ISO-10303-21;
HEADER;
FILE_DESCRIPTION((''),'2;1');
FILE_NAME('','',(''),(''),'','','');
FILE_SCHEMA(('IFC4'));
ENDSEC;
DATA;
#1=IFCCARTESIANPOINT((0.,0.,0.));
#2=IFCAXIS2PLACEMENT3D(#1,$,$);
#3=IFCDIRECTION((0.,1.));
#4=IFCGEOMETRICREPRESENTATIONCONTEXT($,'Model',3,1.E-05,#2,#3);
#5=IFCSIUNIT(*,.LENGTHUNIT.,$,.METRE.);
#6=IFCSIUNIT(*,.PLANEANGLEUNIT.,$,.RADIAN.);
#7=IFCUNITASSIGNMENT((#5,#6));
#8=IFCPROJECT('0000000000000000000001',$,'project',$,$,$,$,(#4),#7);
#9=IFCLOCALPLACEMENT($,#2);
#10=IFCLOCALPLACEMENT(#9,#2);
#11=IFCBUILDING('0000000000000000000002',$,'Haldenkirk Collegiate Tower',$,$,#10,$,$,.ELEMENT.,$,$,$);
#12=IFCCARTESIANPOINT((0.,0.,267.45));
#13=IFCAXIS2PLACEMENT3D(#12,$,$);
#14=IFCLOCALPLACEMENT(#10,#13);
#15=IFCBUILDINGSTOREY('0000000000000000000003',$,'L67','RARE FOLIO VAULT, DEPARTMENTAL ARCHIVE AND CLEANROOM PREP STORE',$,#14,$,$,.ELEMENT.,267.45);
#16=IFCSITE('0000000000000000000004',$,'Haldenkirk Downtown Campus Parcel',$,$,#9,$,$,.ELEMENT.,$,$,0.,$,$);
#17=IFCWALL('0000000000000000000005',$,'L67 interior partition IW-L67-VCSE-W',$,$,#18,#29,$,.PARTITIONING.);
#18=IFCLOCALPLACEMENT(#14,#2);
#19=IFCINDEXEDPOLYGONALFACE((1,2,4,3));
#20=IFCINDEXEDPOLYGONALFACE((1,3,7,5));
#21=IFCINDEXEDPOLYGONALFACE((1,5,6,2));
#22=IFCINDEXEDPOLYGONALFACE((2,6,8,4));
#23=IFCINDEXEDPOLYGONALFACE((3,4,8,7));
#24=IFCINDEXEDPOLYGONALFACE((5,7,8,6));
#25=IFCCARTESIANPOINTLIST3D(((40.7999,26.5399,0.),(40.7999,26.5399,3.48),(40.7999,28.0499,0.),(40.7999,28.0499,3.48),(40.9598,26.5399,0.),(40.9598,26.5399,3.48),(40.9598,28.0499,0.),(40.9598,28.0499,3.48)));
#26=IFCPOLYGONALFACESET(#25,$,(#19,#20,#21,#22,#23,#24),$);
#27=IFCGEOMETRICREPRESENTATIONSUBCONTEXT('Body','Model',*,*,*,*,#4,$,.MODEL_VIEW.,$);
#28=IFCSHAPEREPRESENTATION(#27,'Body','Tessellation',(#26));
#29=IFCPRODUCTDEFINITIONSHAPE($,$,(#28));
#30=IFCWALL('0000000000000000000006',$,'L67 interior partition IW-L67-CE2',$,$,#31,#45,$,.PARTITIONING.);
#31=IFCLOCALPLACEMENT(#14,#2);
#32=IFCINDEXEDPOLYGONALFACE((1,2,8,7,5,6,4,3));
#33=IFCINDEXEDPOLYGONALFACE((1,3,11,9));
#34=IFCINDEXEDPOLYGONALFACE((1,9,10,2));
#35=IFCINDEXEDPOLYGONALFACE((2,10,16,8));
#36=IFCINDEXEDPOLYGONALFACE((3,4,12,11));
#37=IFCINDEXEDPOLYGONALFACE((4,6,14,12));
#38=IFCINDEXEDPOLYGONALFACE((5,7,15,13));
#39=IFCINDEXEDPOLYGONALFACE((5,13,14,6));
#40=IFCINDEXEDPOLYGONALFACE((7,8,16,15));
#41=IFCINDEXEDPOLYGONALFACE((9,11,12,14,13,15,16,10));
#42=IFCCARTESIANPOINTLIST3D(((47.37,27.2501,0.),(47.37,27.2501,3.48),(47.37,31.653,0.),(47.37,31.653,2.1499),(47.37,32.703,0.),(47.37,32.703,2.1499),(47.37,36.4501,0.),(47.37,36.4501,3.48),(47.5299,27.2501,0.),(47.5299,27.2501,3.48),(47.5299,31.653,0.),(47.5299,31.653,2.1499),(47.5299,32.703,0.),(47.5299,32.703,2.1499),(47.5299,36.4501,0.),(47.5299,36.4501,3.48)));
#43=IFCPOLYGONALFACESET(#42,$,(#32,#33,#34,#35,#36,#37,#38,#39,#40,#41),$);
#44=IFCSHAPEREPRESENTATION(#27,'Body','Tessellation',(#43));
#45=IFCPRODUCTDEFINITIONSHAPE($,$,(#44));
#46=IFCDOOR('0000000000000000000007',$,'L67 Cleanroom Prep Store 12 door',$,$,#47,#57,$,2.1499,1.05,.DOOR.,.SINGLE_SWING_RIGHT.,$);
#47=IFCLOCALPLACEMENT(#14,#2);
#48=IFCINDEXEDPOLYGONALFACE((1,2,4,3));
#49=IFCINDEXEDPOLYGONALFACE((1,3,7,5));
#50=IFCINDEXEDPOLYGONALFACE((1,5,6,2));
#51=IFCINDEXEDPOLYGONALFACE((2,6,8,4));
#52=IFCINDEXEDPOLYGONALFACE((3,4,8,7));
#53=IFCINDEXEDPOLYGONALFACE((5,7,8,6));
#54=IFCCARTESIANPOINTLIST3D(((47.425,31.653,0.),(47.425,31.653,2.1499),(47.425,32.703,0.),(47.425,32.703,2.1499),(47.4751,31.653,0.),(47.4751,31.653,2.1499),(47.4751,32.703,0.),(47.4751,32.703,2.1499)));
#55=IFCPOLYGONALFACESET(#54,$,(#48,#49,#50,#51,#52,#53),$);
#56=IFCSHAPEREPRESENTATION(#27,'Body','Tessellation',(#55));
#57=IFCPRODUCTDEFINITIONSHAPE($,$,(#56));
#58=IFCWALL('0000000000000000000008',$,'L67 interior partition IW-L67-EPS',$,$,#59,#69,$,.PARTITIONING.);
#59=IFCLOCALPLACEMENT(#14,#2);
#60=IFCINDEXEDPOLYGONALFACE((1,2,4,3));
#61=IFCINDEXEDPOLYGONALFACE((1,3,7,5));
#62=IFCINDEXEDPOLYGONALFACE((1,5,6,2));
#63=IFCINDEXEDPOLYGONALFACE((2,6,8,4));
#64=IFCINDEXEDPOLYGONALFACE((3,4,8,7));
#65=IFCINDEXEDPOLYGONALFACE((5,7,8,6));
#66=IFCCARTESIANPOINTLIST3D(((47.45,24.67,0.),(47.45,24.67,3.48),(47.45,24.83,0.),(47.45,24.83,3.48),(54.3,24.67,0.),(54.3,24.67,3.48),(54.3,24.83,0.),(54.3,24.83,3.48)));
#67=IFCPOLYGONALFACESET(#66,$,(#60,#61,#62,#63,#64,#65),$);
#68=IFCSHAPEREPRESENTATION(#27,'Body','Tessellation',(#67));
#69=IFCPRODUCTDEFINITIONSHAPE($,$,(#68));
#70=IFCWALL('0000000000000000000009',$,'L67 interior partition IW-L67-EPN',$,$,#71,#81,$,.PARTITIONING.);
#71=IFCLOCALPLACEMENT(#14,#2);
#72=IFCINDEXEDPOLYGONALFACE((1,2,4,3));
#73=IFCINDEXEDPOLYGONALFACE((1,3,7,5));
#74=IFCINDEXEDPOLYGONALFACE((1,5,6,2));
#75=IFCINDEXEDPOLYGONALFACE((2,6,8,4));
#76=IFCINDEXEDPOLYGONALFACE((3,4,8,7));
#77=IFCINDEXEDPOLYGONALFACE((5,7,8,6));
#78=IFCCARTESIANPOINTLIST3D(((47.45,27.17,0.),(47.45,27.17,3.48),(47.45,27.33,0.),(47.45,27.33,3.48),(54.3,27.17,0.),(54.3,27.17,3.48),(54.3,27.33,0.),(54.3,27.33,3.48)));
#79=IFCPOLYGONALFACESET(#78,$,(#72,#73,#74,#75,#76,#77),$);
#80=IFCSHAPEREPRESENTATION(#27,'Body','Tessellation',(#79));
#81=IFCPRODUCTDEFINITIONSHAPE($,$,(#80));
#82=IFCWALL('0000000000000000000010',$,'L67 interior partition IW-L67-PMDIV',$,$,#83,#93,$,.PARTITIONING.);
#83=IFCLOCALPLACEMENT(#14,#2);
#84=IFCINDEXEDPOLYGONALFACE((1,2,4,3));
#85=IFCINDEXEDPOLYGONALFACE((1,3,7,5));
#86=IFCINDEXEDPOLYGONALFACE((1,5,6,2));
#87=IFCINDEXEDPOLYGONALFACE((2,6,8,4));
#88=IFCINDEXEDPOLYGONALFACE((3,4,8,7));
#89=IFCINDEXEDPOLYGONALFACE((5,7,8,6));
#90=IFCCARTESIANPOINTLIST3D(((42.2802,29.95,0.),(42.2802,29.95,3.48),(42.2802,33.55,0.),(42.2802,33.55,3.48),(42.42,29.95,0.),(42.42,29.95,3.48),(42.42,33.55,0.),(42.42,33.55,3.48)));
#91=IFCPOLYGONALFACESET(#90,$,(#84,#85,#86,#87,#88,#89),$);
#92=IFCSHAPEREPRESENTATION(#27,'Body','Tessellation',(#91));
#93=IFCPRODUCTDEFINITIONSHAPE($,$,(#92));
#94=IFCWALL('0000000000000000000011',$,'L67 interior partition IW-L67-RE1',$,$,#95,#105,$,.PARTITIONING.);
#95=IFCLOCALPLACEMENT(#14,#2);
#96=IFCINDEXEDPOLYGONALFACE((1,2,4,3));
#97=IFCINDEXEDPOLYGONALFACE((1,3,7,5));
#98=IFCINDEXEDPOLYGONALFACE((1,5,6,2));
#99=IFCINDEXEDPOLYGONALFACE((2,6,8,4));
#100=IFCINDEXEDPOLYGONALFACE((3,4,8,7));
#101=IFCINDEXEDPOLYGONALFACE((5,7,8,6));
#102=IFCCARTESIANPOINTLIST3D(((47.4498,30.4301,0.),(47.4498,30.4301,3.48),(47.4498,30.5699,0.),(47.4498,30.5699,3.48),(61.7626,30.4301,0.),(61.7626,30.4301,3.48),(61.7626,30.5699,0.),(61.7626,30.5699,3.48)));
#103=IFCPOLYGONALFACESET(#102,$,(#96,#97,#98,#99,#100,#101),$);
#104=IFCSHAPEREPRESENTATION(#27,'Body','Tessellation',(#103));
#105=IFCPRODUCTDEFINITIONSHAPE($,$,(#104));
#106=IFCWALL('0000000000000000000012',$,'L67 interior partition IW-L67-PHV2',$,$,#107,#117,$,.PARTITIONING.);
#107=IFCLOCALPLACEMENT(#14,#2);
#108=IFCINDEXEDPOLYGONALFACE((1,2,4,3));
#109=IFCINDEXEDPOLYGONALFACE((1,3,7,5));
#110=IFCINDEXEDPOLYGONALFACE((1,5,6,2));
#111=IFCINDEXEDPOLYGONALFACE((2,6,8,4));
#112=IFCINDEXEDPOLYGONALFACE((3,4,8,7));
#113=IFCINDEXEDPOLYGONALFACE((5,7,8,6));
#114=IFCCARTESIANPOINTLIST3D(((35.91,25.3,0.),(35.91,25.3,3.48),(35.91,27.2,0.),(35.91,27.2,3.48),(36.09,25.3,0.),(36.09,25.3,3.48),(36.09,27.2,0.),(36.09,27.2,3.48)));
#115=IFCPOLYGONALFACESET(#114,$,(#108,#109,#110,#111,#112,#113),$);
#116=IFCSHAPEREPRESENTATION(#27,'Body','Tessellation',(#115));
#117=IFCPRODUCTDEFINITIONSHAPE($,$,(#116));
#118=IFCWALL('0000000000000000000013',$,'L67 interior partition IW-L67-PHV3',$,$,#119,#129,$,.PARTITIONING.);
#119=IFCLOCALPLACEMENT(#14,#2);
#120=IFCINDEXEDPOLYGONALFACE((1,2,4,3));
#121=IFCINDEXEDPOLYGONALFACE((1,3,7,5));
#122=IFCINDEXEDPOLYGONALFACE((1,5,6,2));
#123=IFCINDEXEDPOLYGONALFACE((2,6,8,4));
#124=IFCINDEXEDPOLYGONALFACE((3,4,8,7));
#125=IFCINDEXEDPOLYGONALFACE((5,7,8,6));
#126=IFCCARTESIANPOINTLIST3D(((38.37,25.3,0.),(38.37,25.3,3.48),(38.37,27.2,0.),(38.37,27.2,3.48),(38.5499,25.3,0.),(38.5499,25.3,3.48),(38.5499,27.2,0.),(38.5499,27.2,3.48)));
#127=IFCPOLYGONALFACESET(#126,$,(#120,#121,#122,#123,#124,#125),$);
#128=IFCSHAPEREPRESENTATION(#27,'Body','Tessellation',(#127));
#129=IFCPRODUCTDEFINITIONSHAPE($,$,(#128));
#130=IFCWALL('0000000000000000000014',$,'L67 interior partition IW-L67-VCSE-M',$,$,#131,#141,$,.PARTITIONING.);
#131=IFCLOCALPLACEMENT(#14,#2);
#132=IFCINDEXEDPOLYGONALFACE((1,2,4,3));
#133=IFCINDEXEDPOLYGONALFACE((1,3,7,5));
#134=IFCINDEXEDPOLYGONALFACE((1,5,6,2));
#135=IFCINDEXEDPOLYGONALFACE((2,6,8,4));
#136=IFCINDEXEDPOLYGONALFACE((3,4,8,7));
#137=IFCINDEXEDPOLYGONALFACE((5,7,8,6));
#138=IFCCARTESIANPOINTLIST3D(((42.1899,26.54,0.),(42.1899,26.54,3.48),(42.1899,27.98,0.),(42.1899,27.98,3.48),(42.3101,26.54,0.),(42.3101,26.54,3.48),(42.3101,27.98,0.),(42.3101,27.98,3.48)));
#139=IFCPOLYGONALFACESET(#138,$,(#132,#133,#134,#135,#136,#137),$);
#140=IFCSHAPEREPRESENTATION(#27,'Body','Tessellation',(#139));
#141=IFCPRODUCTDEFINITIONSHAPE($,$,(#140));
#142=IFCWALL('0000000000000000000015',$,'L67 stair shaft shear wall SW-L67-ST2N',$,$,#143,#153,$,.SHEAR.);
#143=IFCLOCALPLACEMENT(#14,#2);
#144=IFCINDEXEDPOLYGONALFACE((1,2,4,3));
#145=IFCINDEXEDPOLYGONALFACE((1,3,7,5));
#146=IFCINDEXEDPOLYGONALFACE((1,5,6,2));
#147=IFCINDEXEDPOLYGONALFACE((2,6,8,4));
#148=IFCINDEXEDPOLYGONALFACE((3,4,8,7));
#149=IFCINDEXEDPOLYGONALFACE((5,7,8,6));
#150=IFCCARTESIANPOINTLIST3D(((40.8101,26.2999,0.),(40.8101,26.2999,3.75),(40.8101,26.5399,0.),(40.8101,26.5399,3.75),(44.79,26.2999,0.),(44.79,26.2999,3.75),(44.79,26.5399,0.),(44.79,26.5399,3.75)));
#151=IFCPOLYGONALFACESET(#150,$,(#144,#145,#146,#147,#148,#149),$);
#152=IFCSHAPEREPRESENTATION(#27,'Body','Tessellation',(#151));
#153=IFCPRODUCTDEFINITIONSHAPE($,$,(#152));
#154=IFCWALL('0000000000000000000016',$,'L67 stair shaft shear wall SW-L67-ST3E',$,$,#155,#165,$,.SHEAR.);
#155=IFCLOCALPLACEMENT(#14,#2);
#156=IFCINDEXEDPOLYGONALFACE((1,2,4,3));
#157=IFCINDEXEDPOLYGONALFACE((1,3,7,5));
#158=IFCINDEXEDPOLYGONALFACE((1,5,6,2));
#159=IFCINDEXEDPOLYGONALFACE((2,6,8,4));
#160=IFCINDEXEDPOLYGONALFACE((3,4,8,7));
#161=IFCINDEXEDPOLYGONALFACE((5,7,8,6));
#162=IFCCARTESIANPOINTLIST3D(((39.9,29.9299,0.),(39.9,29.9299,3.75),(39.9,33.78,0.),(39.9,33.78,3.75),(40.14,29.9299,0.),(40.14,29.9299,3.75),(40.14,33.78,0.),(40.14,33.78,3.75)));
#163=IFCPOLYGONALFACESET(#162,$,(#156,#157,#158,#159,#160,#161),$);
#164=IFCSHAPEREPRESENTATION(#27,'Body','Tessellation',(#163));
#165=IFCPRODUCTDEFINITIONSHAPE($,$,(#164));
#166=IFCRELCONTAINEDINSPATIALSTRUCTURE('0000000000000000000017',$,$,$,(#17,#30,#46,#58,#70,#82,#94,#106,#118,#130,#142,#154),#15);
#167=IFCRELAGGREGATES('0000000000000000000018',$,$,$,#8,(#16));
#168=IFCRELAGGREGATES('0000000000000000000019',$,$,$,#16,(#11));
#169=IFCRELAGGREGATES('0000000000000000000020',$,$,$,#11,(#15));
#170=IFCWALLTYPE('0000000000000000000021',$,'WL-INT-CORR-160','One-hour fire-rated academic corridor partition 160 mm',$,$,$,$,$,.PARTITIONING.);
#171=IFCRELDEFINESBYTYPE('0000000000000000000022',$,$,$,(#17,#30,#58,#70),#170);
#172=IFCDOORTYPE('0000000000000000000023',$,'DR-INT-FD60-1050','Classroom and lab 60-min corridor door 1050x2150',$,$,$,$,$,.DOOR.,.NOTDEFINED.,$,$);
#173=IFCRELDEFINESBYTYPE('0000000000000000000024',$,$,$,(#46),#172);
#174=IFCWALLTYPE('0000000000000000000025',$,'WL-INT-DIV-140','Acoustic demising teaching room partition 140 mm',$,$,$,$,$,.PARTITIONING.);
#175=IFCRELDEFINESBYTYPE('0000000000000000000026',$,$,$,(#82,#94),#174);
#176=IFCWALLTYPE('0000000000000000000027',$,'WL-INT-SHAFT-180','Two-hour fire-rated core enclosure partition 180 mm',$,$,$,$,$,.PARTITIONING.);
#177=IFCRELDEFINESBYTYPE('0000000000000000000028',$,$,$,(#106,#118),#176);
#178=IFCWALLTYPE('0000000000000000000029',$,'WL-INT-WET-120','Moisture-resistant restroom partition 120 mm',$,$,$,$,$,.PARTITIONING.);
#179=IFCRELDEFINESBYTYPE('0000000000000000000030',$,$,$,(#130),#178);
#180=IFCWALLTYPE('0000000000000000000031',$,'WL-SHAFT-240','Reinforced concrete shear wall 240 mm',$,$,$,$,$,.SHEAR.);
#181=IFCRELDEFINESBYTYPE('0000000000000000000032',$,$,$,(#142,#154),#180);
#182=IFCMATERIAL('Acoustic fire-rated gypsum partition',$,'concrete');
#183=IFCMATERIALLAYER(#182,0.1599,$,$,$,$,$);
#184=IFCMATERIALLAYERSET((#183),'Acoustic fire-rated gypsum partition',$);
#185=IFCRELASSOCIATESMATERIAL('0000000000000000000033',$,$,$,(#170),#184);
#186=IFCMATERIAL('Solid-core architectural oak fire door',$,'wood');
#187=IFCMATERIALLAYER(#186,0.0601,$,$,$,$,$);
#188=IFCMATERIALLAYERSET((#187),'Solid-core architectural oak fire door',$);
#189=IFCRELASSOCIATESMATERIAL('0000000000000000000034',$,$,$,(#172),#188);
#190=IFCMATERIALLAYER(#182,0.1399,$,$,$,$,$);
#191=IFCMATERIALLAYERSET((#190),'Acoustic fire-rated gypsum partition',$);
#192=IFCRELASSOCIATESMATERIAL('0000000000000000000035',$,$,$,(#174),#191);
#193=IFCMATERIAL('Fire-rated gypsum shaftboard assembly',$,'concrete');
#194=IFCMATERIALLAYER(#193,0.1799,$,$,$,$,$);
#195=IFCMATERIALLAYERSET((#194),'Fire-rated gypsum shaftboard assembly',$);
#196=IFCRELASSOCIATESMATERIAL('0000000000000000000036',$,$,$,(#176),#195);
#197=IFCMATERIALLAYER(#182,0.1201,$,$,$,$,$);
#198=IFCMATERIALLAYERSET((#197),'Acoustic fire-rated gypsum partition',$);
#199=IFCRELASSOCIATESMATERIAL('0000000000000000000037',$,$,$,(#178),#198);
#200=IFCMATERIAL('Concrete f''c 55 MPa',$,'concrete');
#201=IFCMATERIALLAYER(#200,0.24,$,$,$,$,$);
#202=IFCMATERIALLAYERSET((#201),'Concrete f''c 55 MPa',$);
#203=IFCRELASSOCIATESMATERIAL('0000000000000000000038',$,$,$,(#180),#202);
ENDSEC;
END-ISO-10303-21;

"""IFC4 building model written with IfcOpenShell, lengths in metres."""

from ifc_helpers import new_model, si_unit, direction, frame, frame_2d, origin, place, context, subcontext, project, spatial, rectangle, extrude, material, layer, layer_set, type_object, element, fill, save


model = new_model("IFC4")

# Units and contexts
model_context = context("Model", 3, precision=1e-05, world=origin(), true_north=direction((0.0, 1.0)))
body_context = subcontext(model_context, "Body", "Model", "MODEL_VIEW")
ifc_project = project(units=[si_unit("LENGTHUNIT", "METRE"), si_unit("PLANEANGLEUNIT", "RADIAN")], contexts=[model_context])

# Site, building, storey
site_placement = place(None, origin())
site = spatial("IfcSite", under=ifc_project, at=site_placement, Name="Haldenkirk Downtown Campus Parcel", CompositionType="ELEMENT", RefElevation=0.0)
building_placement = place(site_placement, origin())
building = spatial("IfcBuilding", under=site, at=building_placement, Name="Haldenkirk Collegiate Tower", CompositionType="ELEMENT")
storey_placement = place(building_placement, frame((0.0, 0.0, 267.45)))
storey = spatial("IfcBuildingStorey", under=building, at=storey_placement, Name="L67", Description="RARE FOLIO VAULT, DEPARTMENTAL ARCHIVE AND CLEANROOM PREP STORE", CompositionType="ELEMENT", Elevation=267.45)

# Shared definitions
ifc_material_1 = material(Name="Acoustic fire-rated gypsum partition", Category="concrete")
ifc_layer_1 = layer(ifc_material_1, 0.1599)
ifc_layer_set_1 = layer_set([ifc_layer_1], Name="Acoustic fire-rated gypsum partition")
wall_type_1 = type_object("IfcWallType", Name="WL-INT-CORR-160", Description="One-hour fire-rated academic corridor partition 160 mm", PredefinedType="PARTITIONING", material=ifc_layer_set_1)
ifc_material_2 = material(Name="Solid-core architectural oak fire door", Category="wood")

# Wall
wall_1_placement = place(storey_placement, frame((40.8799, 26.54, 0.0), z_axis=(0.0, 0.0, 1.0), x_axis=(0.0, 1.0, 0.0)))
element("IfcWall", 1, at=wall_1_placement, inside=storey, type_object=wall_type_1, Name="L67 interior partition IW-L67-VCSE-W", PredefinedType="PARTITIONING", context=body_context, shape_type="SweptSolid", body=[
    extrude(rectangle(XDim=1.51, YDim=0.1599, at=frame_2d((0.7549, 0.0))), origin(), (0.0, 0.0, 1.0), 3.48),
])

# Wall, opening, door
wall_2_placement = place(storey_placement, frame((47.45, 27.25, 0.0), z_axis=(0.0, 0.0, 1.0), x_axis=(0.0, 1.0, 0.0)))
wall_2 = element("IfcWall", 2, at=wall_2_placement, inside=storey, type_object=wall_type_1, Name="L67 interior partition IW-L67-CE2", PredefinedType="PARTITIONING", context=body_context, shape_type="SweptSolid", body=[
    extrude(rectangle(XDim=9.2, YDim=0.1599, at=frame_2d((4.6001, 0.0))), origin(), (0.0, 0.0, 1.0), 3.48),
])
opening_1_placement = place(wall_2_placement, frame((4.4031, 0.0, 0.0)))
opening_1 = element("IfcOpeningElement", 3, at=opening_1_placement, cuts=wall_2, PredefinedType="OPENING", context=body_context, shape_type="SweptSolid", body=[
    extrude(rectangle(XDim=1.05, YDim=2.1499, at=frame_2d((0.5249, 1.075))), frame((0.0, 0.0898, 0.0), z_axis=(0.0, -1.0, 0.0), x_axis=(1.0, 0.0, 0.0)), (0.0, 0.0, 1.0), 0.1799),
])
ifc_layer_2 = layer(ifc_material_2, 0.0601)
ifc_layer_set_2 = layer_set([ifc_layer_2], Name="Solid-core architectural oak fire door")
door_type_1 = type_object("IfcDoorType", Name="DR-INT-FD60-1050", Description="Classroom and lab 60-min corridor door 1050x2150", OperationType="NOTDEFINED", PredefinedType="DOOR", material=ifc_layer_set_2)
door_1_placement = place(opening_1_placement, origin())
door_1 = element("IfcDoor", 4, at=door_1_placement, inside=storey, type_object=door_type_1, Name="L67 Cleanroom Prep Store 12 door", OperationType="SINGLE_SWING_RIGHT", OverallHeight=2.1499, OverallWidth=1.05, PredefinedType="DOOR", context=body_context, shape_type="SweptSolid", body=[
    extrude(rectangle(XDim=1.05, YDim=2.1499, at=frame_2d((0.5249, 1.075))), frame((0.0, 0.0249, 0.0), z_axis=(0.0, -1.0, 0.0), x_axis=(1.0, 0.0, 0.0)), (0.0, 0.0, 1.0), 0.05),
])
fill(opening_1, door_1)

# Walls
for number, where, z_axis, x_axis, name in (
    (5, (47.45, 24.75, 0.0), (0.0, 0.0, 1.0), (1.0, 0.0, 0.0), "L67 interior partition IW-L67-EPS"),
    (6, (47.45, 27.25, 0.0), (0.0, 0.0, 1.0), (1.0, 0.0, 0.0), "L67 interior partition IW-L67-EPN"),
):
    element("IfcWall", number, at=place(storey_placement, frame(where, z_axis=z_axis, x_axis=x_axis)), inside=storey, type_object=wall_type_1, Name=name, PredefinedType="PARTITIONING", context=body_context, shape_type="SweptSolid", body=[
        extrude(rectangle(XDim=6.8501, YDim=0.1599, at=frame_2d((3.425, 0.0))), origin(), (0.0, 0.0, 1.0), 3.48),
    ])
ifc_layer_3 = layer(ifc_material_1, 0.1399)
ifc_layer_set_3 = layer_set([ifc_layer_3], Name="Acoustic fire-rated gypsum partition")
wall_type_2 = type_object("IfcWallType", Name="WL-INT-DIV-140", Description="Acoustic demising teaching room partition 140 mm", PredefinedType="PARTITIONING", material=ifc_layer_set_3)
wall_3_placement = place(storey_placement, frame((42.3501, 29.95, 0.0), z_axis=(0.0, 0.0, 1.0), x_axis=(0.0, 1.0, 0.0)))
element("IfcWall", 7, at=wall_3_placement, inside=storey, type_object=wall_type_2, Name="L67 interior partition IW-L67-PMDIV", PredefinedType="PARTITIONING", context=body_context, shape_type="SweptSolid", body=[
    extrude(rectangle(XDim=3.6001, YDim=0.1399, at=frame_2d((1.8, 0.0))), origin(), (0.0, 0.0, 1.0), 3.48),
])
wall_4_placement = place(storey_placement, frame((47.45, 30.5, 0.0), z_axis=(0.0, 0.0, 1.0), x_axis=(1.0, 0.0, 0.0)))
element("IfcWall", 8, at=wall_4_placement, inside=storey, type_object=wall_type_2, Name="L67 interior partition IW-L67-RE1", PredefinedType="PARTITIONING", context=body_context, shape_type="SweptSolid", body=[
    extrude(rectangle(XDim=14.3127, YDim=0.1399, at=frame_2d((7.1562, 0.0))), origin(), (0.0, 0.0, 1.0), 3.48),
])
ifc_material_3 = material(Name="Fire-rated gypsum shaftboard assembly", Category="concrete")
ifc_layer_4 = layer(ifc_material_3, 0.1799)
ifc_layer_set_4 = layer_set([ifc_layer_4], Name="Fire-rated gypsum shaftboard assembly")
wall_type_3 = type_object("IfcWallType", Name="WL-INT-SHAFT-180", Description="Two-hour fire-rated core enclosure partition 180 mm", PredefinedType="PARTITIONING", material=ifc_layer_set_4)
for number, where, z_axis, x_axis, name in (
    (9, (36.0, 25.3, 0.0), (0.0, 0.0, 1.0), (0.0, 1.0, 0.0), "L67 interior partition IW-L67-PHV2"),
    (10, (38.46, 25.3, 0.0), (0.0, 0.0, 1.0), (0.0, 1.0, 0.0), "L67 interior partition IW-L67-PHV3"),
):
    element("IfcWall", number, at=place(storey_placement, frame(where, z_axis=z_axis, x_axis=x_axis)), inside=storey, type_object=wall_type_3, Name=name, PredefinedType="PARTITIONING", context=body_context, shape_type="SweptSolid", body=[
        extrude(rectangle(XDim=1.8999, YDim=0.1799, at=frame_2d((0.95, 0.0))), origin(), (0.0, 0.0, 1.0), 3.48),
    ])
ifc_layer_5 = layer(ifc_material_1, 0.1201)
ifc_layer_set_5 = layer_set([ifc_layer_5], Name="Acoustic fire-rated gypsum partition")
wall_type_4 = type_object("IfcWallType", Name="WL-INT-WET-120", Description="Moisture-resistant restroom partition 120 mm", PredefinedType="PARTITIONING", material=ifc_layer_set_5)
wall_5_placement = place(storey_placement, frame((42.25, 26.54, 0.0), z_axis=(0.0, 0.0, 1.0), x_axis=(0.0, 1.0, 0.0)))
element("IfcWall", 11, at=wall_5_placement, inside=storey, type_object=wall_type_4, Name="L67 interior partition IW-L67-VCSE-M", PredefinedType="PARTITIONING", context=body_context, shape_type="SweptSolid", body=[
    extrude(rectangle(XDim=1.4399, YDim=0.1201, at=frame_2d((0.72, 0.0))), origin(), (0.0, 0.0, 1.0), 3.48),
])
ifc_material_4 = material(Name="Concrete f'c 55 MPa", Category="concrete")
ifc_layer_6 = layer(ifc_material_4, 0.24)
ifc_layer_set_6 = layer_set([ifc_layer_6], Name="Concrete f'c 55 MPa")
wall_type_5 = type_object("IfcWallType", Name="WL-SHAFT-240", Description="Reinforced concrete shear wall 240 mm", PredefinedType="SHEAR", material=ifc_layer_set_6)
wall_6_placement = place(storey_placement, frame((40.8101, 26.4199, 0.0), z_axis=(0.0, 0.0, 1.0), x_axis=(1.0, 0.0, 0.0)))
element("IfcWall", 12, at=wall_6_placement, inside=storey, type_object=wall_type_5, Name="L67 stair shaft shear wall SW-L67-ST2N", PredefinedType="SHEAR", context=body_context, shape_type="SweptSolid", body=[
    extrude(rectangle(XDim=3.98, YDim=0.24, at=frame_2d((1.99, 0.0))), origin(), (0.0, 0.0, 1.0), 3.75),
])
wall_7_placement = place(storey_placement, frame((40.02, 29.9299, 0.0), z_axis=(0.0, 0.0, 1.0), x_axis=(0.0, 1.0, 0.0)))
element("IfcWall", 13, at=wall_7_placement, inside=storey, type_object=wall_type_5, Name="L67 stair shaft shear wall SW-L67-ST3E", PredefinedType="SHEAR", context=body_context, shape_type="SweptSolid", body=[
    extrude(rectangle(XDim=3.8501, YDim=0.24, at=frame_2d((1.925, 0.0))), origin(), (0.0, 0.0, 1.0), 3.75),
])

save(model, "model.ifc")
